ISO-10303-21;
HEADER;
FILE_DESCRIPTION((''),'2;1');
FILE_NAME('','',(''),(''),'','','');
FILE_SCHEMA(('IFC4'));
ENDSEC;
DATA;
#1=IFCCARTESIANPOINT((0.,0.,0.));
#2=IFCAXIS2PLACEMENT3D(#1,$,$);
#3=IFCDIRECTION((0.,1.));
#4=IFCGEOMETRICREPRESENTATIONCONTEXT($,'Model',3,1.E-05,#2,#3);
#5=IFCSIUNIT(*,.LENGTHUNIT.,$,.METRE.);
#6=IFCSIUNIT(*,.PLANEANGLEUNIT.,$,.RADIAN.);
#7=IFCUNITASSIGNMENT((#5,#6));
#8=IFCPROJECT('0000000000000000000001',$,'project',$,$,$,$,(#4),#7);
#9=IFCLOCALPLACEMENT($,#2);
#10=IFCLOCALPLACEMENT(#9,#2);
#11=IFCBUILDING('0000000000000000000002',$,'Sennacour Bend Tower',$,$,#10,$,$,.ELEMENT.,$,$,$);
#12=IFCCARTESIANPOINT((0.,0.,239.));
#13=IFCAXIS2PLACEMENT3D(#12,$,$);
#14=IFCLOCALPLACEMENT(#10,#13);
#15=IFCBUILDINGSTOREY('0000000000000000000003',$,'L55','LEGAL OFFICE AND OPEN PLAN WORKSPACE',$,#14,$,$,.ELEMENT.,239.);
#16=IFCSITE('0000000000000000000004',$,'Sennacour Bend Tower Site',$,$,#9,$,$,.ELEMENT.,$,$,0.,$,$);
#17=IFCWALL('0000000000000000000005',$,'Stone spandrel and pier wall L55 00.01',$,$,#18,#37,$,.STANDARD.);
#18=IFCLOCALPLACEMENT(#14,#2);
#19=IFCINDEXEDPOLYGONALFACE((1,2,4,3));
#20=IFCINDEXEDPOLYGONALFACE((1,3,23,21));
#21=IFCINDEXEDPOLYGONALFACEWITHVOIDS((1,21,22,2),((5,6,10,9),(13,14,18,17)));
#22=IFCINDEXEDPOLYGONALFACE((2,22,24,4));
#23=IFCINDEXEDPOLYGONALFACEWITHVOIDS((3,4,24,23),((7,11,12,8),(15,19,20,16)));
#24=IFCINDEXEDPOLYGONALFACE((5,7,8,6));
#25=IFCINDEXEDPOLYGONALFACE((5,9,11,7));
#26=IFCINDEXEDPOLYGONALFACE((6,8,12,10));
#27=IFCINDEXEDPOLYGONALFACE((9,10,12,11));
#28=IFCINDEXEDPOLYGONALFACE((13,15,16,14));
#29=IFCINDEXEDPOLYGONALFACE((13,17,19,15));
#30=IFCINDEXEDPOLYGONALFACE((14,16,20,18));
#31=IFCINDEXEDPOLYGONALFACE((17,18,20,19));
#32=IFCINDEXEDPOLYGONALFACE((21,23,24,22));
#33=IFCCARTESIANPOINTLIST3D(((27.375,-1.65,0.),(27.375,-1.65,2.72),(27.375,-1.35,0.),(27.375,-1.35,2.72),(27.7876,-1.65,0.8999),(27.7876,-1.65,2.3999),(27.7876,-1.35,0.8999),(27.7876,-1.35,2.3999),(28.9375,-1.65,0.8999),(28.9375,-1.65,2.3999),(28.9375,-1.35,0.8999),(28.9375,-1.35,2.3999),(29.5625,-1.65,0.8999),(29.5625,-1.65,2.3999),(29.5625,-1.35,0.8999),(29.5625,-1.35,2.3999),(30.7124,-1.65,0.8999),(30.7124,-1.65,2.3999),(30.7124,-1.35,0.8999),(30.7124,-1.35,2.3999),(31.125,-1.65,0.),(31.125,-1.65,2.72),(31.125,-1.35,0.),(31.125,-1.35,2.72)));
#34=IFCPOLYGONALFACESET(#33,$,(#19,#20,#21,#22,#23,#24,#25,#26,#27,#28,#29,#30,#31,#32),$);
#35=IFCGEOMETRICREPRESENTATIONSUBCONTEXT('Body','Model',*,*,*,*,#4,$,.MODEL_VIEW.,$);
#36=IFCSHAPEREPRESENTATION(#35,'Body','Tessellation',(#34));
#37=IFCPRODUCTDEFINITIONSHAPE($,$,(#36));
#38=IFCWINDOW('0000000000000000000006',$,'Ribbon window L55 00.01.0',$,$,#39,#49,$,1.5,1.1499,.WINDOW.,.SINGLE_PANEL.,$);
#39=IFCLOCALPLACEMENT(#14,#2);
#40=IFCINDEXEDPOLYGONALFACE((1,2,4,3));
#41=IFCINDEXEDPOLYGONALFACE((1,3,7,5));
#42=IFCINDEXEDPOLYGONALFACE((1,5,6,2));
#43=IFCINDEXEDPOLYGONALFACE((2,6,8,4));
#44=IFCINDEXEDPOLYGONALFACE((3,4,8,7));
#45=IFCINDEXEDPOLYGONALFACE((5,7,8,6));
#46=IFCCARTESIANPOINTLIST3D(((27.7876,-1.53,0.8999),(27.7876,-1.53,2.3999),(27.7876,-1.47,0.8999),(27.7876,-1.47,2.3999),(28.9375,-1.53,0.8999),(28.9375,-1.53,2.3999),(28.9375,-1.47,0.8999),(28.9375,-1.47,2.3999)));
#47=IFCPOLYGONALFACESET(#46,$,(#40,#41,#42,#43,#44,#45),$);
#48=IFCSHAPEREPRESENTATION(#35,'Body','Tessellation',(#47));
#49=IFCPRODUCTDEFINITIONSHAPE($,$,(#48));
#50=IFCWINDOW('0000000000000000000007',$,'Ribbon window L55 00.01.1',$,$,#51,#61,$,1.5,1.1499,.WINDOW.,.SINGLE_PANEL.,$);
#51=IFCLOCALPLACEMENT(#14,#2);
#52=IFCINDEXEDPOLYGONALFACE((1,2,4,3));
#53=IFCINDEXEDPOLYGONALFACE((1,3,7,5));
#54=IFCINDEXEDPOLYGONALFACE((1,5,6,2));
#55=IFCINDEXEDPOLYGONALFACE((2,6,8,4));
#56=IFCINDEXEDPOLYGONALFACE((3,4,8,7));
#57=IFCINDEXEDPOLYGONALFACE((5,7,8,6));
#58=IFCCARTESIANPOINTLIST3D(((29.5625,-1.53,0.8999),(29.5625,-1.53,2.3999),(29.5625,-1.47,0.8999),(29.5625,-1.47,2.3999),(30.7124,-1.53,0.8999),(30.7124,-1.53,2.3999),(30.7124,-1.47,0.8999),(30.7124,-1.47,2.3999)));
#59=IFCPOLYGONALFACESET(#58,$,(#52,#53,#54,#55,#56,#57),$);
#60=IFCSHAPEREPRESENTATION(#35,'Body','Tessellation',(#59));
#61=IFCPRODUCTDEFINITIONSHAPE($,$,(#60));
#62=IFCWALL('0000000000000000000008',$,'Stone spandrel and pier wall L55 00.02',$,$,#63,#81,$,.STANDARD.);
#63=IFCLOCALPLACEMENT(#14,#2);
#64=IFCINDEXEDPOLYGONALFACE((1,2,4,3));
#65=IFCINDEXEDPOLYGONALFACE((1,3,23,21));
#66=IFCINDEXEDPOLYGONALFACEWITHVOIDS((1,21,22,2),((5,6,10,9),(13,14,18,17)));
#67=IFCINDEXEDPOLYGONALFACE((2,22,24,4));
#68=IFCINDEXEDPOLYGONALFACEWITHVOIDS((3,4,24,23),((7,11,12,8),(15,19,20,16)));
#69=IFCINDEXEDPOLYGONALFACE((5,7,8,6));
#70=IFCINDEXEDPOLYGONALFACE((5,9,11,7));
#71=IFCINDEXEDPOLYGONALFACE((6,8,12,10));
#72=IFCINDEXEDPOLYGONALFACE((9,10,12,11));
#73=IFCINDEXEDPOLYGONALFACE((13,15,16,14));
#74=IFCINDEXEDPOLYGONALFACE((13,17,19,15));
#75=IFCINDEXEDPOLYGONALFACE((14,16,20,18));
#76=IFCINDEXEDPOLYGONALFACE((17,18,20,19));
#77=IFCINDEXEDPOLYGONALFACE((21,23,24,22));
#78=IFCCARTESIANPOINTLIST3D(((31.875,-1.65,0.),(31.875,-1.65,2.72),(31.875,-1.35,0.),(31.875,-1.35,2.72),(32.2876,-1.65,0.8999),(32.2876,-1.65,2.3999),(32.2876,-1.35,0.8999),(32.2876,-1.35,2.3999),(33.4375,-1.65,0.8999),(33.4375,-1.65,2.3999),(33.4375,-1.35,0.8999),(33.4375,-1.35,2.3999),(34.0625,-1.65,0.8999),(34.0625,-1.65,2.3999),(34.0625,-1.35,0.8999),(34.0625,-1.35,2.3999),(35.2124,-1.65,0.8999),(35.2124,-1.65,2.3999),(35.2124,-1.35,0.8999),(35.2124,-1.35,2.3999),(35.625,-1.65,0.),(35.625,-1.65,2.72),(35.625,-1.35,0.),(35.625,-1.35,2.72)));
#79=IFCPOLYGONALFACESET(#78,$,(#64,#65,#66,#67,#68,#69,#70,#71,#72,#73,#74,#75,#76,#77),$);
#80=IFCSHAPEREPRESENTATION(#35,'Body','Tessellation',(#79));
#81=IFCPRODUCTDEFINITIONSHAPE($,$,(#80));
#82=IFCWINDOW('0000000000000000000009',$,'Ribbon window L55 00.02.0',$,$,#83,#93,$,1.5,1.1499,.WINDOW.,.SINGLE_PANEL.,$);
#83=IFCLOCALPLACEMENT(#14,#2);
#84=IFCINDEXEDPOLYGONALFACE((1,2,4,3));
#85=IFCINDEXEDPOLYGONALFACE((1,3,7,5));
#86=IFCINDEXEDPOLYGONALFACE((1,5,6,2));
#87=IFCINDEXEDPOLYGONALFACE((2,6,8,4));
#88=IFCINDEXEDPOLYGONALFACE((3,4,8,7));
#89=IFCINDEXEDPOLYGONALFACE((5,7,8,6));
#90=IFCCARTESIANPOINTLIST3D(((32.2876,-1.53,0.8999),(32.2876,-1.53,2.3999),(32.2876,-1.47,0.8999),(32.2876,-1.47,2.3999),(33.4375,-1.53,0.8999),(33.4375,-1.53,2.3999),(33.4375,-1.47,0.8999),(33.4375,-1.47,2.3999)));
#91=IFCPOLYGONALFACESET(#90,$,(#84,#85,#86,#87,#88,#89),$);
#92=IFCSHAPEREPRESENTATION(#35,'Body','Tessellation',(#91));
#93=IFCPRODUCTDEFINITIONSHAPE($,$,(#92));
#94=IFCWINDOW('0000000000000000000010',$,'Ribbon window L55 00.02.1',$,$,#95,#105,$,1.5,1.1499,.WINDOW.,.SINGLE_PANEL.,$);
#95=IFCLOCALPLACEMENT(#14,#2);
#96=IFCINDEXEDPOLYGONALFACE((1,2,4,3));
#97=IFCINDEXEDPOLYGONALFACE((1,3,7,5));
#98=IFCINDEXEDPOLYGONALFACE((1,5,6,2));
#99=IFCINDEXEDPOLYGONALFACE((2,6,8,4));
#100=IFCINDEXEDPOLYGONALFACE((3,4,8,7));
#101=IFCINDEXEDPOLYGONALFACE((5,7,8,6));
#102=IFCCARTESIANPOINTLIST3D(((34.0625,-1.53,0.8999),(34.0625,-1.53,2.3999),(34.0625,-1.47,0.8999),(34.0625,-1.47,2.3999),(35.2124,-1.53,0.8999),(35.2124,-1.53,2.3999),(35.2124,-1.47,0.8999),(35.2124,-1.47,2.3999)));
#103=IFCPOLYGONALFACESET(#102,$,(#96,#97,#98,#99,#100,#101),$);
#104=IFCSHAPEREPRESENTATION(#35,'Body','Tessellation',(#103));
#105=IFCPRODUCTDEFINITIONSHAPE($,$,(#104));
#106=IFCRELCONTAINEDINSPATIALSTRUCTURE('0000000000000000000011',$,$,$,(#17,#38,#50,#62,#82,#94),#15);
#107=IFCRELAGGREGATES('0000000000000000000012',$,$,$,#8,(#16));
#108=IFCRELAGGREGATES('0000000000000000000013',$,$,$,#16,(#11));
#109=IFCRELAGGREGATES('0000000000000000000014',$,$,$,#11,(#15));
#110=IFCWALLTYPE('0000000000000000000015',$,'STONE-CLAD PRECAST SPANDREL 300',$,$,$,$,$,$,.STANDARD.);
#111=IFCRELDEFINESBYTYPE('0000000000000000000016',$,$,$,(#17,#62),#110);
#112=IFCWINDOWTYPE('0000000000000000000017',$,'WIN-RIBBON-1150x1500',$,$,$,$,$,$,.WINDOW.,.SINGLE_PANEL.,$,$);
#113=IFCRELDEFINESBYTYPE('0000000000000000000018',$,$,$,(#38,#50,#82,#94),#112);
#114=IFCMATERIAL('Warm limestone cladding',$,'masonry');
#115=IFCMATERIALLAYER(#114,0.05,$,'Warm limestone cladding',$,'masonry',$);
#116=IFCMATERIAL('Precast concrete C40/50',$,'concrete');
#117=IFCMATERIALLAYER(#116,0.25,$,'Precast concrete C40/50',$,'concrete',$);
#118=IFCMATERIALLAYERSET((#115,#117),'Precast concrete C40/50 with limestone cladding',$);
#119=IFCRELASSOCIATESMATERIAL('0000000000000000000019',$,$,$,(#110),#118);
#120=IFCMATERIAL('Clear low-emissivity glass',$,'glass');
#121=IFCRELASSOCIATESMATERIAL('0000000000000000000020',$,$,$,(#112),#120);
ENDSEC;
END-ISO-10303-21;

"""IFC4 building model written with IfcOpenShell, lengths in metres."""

from ifc_helpers import new_model, si_unit, direction, frame, frame_2d, origin, place, context, subcontext, project, spatial, rectangle, extrude, material, layer, layer_set, type_object, element, fill, save


model = new_model("IFC4")

# Units and contexts
model_context = context("Model", 3, precision=1e-05, world=origin(), true_north=direction((0.0, 1.0)))
body_context = subcontext(model_context, "Body", "Model", "MODEL_VIEW")
ifc_project = project(units=[si_unit("LENGTHUNIT", "METRE"), si_unit("PLANEANGLEUNIT", "RADIAN")], contexts=[model_context])

# Site, building, storey
site_placement = place(None, origin())
site = spatial("IfcSite", under=ifc_project, at=site_placement, Name="Sennacour Bend Tower Site", CompositionType="ELEMENT", RefElevation=0.0)
building_placement = place(site_placement, origin())
building = spatial("IfcBuilding", under=site, at=building_placement, Name="Sennacour Bend Tower", CompositionType="ELEMENT")
storey_placement = place(building_placement, frame((0.0, 0.0, 239.0)))
storey = spatial("IfcBuildingStorey", under=building, at=storey_placement, Name="L55", Description="LEGAL OFFICE AND OPEN PLAN WORKSPACE", CompositionType="ELEMENT", Elevation=239.0)

# Walls, openings, windows
ifc_material_1 = material(Name="Warm limestone cladding", Category="masonry")
ifc_layer_1 = layer(ifc_material_1, 0.05, Name="Warm limestone cladding", Category="masonry")
ifc_material_2 = material(Name="Precast concrete C40/50", Category="concrete")
ifc_layer_2 = layer(ifc_material_2, 0.25, Name="Precast concrete C40/50", Category="concrete")
ifc_layer_set_1 = layer_set([ifc_layer_1, ifc_layer_2], Name="Precast concrete C40/50 with limestone cladding")
wall_type_1 = type_object("IfcWallType", Name="STONE-CLAD PRECAST SPANDREL 300", PredefinedType="STANDARD", material=ifc_layer_set_1)
wall_1_placement = place(storey_placement, frame((27.375, -1.5, 0.0), z_axis=(0.0, 0.0, 1.0), x_axis=(1.0, 0.0, 0.0)))
wall_1 = element("IfcWall", 1, at=wall_1_placement, inside=storey, type_object=wall_type_1, Name="Stone spandrel and pier wall L55 00.01", PredefinedType="STANDARD", context=body_context, shape_type="SweptSolid", body=[
    extrude(rectangle(XDim=3.75, YDim=0.3, at=frame_2d((1.875, 0.0))), origin(), (0.0, 0.0, 1.0), 2.72),
])
opening_1_placement = place(wall_1_placement, frame((0.4126, 0.0, 0.8999)))
opening_1 = element("IfcOpeningElement", 2, at=opening_1_placement, cuts=wall_1, PredefinedType="OPENING", context=body_context, shape_type="SweptSolid", body=[
    extrude(rectangle(XDim=1.1499, YDim=1.5, at=frame_2d((0.575, 0.75))), frame((0.0, 0.1602, 0.0), z_axis=(0.0, -1.0, 0.0), x_axis=(1.0, 0.0, 0.0)), (0.0, 0.0, 1.0), 0.3201),
])
opening_2_placement = place(wall_1_placement, frame((2.1875, 0.0, 0.8999)))
opening_2 = element("IfcOpeningElement", 3, at=opening_2_placement, cuts=wall_1, PredefinedType="OPENING", context=body_context, shape_type="SweptSolid", body=[
    extrude(rectangle(XDim=1.1499, YDim=1.5, at=frame_2d((0.575, 0.75))), frame((0.0, 0.1602, 0.0), z_axis=(0.0, -1.0, 0.0), x_axis=(1.0, 0.0, 0.0)), (0.0, 0.0, 1.0), 0.3201),
])
ifc_material_3 = material(Name="Clear low-emissivity glass", Category="glass")
window_type = type_object("IfcWindowType", Name="WIN-RIBBON-1150x1500", PartitioningType="SINGLE_PANEL", PredefinedType="WINDOW", material=ifc_material_3)
window_1_placement = place(opening_1_placement, origin())
window_1 = element("IfcWindow", 4, at=window_1_placement, inside=storey, type_object=window_type, Name="Ribbon window L55 00.01.0", OverallHeight=1.5, OverallWidth=1.1499, PartitioningType="SINGLE_PANEL", PredefinedType="WINDOW", context=body_context, shape_type="SweptSolid", body=[
    extrude(rectangle(XDim=1.1499, YDim=1.5, at=frame_2d((0.575, 0.75))), frame((0.0, 0.03, 0.0), z_axis=(0.0, -1.0, 0.0), x_axis=(1.0, 0.0, 0.0)), (0.0, 0.0, 1.0), 0.0601),
])
fill(opening_1, window_1)
window_2_placement = place(opening_2_placement, origin())
window_2 = element("IfcWindow", 5, at=window_2_placement, inside=storey, type_object=window_type, Name="Ribbon window L55 00.01.1", OverallHeight=1.5, OverallWidth=1.1499, PartitioningType="SINGLE_PANEL", PredefinedType="WINDOW", context=body_context, shape_type="SweptSolid", body=[
    extrude(rectangle(XDim=1.1499, YDim=1.5, at=frame_2d((0.575, 0.75))), frame((0.0, 0.03, 0.0), z_axis=(0.0, -1.0, 0.0), x_axis=(1.0, 0.0, 0.0)), (0.0, 0.0, 1.0), 0.0601),
])
fill(opening_2, window_2)
wall_2_placement = place(storey_placement, frame((31.875, -1.5, 0.0), z_axis=(0.0, 0.0, 1.0), x_axis=(1.0, 0.0, 0.0)))
wall_2 = element("IfcWall", 6, at=wall_2_placement, inside=storey, type_object=wall_type_1, Name="Stone spandrel and pier wall L55 00.02", PredefinedType="STANDARD", context=body_context, shape_type="SweptSolid", body=[
    extrude(rectangle(XDim=3.75, YDim=0.3, at=frame_2d((1.875, 0.0))), origin(), (0.0, 0.0, 1.0), 2.72),
])
opening_3_placement = place(wall_2_placement, frame((0.4126, 0.0, 0.8999)))
opening_3 = element("IfcOpeningElement", 7, at=opening_3_placement, cuts=wall_2, PredefinedType="OPENING", context=body_context, shape_type="SweptSolid", body=[
    extrude(rectangle(XDim=1.1499, YDim=1.5, at=frame_2d((0.575, 0.75))), frame((0.0, 0.1602, 0.0), z_axis=(0.0, -1.0, 0.0), x_axis=(1.0, 0.0, 0.0)), (0.0, 0.0, 1.0), 0.3201),
])
opening_4_placement = place(wall_2_placement, frame((2.1875, 0.0, 0.8999)))
opening_4 = element("IfcOpeningElement", 8, at=opening_4_placement, cuts=wall_2, PredefinedType="OPENING", context=body_context, shape_type="SweptSolid", body=[
    extrude(rectangle(XDim=1.1499, YDim=1.5, at=frame_2d((0.575, 0.75))), frame((0.0, 0.1602, 0.0), z_axis=(0.0, -1.0, 0.0), x_axis=(1.0, 0.0, 0.0)), (0.0, 0.0, 1.0), 0.3201),
])
window_3_placement = place(opening_3_placement, origin())
window_3 = element("IfcWindow", 9, at=window_3_placement, inside=storey, type_object=window_type, Name="Ribbon window L55 00.02.0", OverallHeight=1.5, OverallWidth=1.1499, PartitioningType="SINGLE_PANEL", PredefinedType="WINDOW", context=body_context, shape_type="SweptSolid", body=[
    extrude(rectangle(XDim=1.1499, YDim=1.5, at=frame_2d((0.575, 0.75))), frame((0.0, 0.03, 0.0), z_axis=(0.0, -1.0, 0.0), x_axis=(1.0, 0.0, 0.0)), (0.0, 0.0, 1.0), 0.0601),
])
fill(opening_3, window_3)
window_4_placement = place(opening_4_placement, origin())
window_4 = element("IfcWindow", 10, at=window_4_placement, inside=storey, type_object=window_type, Name="Ribbon window L55 00.02.1", OverallHeight=1.5, OverallWidth=1.1499, PartitioningType="SINGLE_PANEL", PredefinedType="WINDOW", context=body_context, shape_type="SweptSolid", body=[
    extrude(rectangle(XDim=1.1499, YDim=1.5, at=frame_2d((0.575, 0.75))), frame((0.0, 0.03, 0.0), z_axis=(0.0, -1.0, 0.0), x_axis=(1.0, 0.0, 0.0)), (0.0, 0.0, 1.0), 0.0601),
])
fill(opening_4, window_4)

save(model, "model.ifc")
